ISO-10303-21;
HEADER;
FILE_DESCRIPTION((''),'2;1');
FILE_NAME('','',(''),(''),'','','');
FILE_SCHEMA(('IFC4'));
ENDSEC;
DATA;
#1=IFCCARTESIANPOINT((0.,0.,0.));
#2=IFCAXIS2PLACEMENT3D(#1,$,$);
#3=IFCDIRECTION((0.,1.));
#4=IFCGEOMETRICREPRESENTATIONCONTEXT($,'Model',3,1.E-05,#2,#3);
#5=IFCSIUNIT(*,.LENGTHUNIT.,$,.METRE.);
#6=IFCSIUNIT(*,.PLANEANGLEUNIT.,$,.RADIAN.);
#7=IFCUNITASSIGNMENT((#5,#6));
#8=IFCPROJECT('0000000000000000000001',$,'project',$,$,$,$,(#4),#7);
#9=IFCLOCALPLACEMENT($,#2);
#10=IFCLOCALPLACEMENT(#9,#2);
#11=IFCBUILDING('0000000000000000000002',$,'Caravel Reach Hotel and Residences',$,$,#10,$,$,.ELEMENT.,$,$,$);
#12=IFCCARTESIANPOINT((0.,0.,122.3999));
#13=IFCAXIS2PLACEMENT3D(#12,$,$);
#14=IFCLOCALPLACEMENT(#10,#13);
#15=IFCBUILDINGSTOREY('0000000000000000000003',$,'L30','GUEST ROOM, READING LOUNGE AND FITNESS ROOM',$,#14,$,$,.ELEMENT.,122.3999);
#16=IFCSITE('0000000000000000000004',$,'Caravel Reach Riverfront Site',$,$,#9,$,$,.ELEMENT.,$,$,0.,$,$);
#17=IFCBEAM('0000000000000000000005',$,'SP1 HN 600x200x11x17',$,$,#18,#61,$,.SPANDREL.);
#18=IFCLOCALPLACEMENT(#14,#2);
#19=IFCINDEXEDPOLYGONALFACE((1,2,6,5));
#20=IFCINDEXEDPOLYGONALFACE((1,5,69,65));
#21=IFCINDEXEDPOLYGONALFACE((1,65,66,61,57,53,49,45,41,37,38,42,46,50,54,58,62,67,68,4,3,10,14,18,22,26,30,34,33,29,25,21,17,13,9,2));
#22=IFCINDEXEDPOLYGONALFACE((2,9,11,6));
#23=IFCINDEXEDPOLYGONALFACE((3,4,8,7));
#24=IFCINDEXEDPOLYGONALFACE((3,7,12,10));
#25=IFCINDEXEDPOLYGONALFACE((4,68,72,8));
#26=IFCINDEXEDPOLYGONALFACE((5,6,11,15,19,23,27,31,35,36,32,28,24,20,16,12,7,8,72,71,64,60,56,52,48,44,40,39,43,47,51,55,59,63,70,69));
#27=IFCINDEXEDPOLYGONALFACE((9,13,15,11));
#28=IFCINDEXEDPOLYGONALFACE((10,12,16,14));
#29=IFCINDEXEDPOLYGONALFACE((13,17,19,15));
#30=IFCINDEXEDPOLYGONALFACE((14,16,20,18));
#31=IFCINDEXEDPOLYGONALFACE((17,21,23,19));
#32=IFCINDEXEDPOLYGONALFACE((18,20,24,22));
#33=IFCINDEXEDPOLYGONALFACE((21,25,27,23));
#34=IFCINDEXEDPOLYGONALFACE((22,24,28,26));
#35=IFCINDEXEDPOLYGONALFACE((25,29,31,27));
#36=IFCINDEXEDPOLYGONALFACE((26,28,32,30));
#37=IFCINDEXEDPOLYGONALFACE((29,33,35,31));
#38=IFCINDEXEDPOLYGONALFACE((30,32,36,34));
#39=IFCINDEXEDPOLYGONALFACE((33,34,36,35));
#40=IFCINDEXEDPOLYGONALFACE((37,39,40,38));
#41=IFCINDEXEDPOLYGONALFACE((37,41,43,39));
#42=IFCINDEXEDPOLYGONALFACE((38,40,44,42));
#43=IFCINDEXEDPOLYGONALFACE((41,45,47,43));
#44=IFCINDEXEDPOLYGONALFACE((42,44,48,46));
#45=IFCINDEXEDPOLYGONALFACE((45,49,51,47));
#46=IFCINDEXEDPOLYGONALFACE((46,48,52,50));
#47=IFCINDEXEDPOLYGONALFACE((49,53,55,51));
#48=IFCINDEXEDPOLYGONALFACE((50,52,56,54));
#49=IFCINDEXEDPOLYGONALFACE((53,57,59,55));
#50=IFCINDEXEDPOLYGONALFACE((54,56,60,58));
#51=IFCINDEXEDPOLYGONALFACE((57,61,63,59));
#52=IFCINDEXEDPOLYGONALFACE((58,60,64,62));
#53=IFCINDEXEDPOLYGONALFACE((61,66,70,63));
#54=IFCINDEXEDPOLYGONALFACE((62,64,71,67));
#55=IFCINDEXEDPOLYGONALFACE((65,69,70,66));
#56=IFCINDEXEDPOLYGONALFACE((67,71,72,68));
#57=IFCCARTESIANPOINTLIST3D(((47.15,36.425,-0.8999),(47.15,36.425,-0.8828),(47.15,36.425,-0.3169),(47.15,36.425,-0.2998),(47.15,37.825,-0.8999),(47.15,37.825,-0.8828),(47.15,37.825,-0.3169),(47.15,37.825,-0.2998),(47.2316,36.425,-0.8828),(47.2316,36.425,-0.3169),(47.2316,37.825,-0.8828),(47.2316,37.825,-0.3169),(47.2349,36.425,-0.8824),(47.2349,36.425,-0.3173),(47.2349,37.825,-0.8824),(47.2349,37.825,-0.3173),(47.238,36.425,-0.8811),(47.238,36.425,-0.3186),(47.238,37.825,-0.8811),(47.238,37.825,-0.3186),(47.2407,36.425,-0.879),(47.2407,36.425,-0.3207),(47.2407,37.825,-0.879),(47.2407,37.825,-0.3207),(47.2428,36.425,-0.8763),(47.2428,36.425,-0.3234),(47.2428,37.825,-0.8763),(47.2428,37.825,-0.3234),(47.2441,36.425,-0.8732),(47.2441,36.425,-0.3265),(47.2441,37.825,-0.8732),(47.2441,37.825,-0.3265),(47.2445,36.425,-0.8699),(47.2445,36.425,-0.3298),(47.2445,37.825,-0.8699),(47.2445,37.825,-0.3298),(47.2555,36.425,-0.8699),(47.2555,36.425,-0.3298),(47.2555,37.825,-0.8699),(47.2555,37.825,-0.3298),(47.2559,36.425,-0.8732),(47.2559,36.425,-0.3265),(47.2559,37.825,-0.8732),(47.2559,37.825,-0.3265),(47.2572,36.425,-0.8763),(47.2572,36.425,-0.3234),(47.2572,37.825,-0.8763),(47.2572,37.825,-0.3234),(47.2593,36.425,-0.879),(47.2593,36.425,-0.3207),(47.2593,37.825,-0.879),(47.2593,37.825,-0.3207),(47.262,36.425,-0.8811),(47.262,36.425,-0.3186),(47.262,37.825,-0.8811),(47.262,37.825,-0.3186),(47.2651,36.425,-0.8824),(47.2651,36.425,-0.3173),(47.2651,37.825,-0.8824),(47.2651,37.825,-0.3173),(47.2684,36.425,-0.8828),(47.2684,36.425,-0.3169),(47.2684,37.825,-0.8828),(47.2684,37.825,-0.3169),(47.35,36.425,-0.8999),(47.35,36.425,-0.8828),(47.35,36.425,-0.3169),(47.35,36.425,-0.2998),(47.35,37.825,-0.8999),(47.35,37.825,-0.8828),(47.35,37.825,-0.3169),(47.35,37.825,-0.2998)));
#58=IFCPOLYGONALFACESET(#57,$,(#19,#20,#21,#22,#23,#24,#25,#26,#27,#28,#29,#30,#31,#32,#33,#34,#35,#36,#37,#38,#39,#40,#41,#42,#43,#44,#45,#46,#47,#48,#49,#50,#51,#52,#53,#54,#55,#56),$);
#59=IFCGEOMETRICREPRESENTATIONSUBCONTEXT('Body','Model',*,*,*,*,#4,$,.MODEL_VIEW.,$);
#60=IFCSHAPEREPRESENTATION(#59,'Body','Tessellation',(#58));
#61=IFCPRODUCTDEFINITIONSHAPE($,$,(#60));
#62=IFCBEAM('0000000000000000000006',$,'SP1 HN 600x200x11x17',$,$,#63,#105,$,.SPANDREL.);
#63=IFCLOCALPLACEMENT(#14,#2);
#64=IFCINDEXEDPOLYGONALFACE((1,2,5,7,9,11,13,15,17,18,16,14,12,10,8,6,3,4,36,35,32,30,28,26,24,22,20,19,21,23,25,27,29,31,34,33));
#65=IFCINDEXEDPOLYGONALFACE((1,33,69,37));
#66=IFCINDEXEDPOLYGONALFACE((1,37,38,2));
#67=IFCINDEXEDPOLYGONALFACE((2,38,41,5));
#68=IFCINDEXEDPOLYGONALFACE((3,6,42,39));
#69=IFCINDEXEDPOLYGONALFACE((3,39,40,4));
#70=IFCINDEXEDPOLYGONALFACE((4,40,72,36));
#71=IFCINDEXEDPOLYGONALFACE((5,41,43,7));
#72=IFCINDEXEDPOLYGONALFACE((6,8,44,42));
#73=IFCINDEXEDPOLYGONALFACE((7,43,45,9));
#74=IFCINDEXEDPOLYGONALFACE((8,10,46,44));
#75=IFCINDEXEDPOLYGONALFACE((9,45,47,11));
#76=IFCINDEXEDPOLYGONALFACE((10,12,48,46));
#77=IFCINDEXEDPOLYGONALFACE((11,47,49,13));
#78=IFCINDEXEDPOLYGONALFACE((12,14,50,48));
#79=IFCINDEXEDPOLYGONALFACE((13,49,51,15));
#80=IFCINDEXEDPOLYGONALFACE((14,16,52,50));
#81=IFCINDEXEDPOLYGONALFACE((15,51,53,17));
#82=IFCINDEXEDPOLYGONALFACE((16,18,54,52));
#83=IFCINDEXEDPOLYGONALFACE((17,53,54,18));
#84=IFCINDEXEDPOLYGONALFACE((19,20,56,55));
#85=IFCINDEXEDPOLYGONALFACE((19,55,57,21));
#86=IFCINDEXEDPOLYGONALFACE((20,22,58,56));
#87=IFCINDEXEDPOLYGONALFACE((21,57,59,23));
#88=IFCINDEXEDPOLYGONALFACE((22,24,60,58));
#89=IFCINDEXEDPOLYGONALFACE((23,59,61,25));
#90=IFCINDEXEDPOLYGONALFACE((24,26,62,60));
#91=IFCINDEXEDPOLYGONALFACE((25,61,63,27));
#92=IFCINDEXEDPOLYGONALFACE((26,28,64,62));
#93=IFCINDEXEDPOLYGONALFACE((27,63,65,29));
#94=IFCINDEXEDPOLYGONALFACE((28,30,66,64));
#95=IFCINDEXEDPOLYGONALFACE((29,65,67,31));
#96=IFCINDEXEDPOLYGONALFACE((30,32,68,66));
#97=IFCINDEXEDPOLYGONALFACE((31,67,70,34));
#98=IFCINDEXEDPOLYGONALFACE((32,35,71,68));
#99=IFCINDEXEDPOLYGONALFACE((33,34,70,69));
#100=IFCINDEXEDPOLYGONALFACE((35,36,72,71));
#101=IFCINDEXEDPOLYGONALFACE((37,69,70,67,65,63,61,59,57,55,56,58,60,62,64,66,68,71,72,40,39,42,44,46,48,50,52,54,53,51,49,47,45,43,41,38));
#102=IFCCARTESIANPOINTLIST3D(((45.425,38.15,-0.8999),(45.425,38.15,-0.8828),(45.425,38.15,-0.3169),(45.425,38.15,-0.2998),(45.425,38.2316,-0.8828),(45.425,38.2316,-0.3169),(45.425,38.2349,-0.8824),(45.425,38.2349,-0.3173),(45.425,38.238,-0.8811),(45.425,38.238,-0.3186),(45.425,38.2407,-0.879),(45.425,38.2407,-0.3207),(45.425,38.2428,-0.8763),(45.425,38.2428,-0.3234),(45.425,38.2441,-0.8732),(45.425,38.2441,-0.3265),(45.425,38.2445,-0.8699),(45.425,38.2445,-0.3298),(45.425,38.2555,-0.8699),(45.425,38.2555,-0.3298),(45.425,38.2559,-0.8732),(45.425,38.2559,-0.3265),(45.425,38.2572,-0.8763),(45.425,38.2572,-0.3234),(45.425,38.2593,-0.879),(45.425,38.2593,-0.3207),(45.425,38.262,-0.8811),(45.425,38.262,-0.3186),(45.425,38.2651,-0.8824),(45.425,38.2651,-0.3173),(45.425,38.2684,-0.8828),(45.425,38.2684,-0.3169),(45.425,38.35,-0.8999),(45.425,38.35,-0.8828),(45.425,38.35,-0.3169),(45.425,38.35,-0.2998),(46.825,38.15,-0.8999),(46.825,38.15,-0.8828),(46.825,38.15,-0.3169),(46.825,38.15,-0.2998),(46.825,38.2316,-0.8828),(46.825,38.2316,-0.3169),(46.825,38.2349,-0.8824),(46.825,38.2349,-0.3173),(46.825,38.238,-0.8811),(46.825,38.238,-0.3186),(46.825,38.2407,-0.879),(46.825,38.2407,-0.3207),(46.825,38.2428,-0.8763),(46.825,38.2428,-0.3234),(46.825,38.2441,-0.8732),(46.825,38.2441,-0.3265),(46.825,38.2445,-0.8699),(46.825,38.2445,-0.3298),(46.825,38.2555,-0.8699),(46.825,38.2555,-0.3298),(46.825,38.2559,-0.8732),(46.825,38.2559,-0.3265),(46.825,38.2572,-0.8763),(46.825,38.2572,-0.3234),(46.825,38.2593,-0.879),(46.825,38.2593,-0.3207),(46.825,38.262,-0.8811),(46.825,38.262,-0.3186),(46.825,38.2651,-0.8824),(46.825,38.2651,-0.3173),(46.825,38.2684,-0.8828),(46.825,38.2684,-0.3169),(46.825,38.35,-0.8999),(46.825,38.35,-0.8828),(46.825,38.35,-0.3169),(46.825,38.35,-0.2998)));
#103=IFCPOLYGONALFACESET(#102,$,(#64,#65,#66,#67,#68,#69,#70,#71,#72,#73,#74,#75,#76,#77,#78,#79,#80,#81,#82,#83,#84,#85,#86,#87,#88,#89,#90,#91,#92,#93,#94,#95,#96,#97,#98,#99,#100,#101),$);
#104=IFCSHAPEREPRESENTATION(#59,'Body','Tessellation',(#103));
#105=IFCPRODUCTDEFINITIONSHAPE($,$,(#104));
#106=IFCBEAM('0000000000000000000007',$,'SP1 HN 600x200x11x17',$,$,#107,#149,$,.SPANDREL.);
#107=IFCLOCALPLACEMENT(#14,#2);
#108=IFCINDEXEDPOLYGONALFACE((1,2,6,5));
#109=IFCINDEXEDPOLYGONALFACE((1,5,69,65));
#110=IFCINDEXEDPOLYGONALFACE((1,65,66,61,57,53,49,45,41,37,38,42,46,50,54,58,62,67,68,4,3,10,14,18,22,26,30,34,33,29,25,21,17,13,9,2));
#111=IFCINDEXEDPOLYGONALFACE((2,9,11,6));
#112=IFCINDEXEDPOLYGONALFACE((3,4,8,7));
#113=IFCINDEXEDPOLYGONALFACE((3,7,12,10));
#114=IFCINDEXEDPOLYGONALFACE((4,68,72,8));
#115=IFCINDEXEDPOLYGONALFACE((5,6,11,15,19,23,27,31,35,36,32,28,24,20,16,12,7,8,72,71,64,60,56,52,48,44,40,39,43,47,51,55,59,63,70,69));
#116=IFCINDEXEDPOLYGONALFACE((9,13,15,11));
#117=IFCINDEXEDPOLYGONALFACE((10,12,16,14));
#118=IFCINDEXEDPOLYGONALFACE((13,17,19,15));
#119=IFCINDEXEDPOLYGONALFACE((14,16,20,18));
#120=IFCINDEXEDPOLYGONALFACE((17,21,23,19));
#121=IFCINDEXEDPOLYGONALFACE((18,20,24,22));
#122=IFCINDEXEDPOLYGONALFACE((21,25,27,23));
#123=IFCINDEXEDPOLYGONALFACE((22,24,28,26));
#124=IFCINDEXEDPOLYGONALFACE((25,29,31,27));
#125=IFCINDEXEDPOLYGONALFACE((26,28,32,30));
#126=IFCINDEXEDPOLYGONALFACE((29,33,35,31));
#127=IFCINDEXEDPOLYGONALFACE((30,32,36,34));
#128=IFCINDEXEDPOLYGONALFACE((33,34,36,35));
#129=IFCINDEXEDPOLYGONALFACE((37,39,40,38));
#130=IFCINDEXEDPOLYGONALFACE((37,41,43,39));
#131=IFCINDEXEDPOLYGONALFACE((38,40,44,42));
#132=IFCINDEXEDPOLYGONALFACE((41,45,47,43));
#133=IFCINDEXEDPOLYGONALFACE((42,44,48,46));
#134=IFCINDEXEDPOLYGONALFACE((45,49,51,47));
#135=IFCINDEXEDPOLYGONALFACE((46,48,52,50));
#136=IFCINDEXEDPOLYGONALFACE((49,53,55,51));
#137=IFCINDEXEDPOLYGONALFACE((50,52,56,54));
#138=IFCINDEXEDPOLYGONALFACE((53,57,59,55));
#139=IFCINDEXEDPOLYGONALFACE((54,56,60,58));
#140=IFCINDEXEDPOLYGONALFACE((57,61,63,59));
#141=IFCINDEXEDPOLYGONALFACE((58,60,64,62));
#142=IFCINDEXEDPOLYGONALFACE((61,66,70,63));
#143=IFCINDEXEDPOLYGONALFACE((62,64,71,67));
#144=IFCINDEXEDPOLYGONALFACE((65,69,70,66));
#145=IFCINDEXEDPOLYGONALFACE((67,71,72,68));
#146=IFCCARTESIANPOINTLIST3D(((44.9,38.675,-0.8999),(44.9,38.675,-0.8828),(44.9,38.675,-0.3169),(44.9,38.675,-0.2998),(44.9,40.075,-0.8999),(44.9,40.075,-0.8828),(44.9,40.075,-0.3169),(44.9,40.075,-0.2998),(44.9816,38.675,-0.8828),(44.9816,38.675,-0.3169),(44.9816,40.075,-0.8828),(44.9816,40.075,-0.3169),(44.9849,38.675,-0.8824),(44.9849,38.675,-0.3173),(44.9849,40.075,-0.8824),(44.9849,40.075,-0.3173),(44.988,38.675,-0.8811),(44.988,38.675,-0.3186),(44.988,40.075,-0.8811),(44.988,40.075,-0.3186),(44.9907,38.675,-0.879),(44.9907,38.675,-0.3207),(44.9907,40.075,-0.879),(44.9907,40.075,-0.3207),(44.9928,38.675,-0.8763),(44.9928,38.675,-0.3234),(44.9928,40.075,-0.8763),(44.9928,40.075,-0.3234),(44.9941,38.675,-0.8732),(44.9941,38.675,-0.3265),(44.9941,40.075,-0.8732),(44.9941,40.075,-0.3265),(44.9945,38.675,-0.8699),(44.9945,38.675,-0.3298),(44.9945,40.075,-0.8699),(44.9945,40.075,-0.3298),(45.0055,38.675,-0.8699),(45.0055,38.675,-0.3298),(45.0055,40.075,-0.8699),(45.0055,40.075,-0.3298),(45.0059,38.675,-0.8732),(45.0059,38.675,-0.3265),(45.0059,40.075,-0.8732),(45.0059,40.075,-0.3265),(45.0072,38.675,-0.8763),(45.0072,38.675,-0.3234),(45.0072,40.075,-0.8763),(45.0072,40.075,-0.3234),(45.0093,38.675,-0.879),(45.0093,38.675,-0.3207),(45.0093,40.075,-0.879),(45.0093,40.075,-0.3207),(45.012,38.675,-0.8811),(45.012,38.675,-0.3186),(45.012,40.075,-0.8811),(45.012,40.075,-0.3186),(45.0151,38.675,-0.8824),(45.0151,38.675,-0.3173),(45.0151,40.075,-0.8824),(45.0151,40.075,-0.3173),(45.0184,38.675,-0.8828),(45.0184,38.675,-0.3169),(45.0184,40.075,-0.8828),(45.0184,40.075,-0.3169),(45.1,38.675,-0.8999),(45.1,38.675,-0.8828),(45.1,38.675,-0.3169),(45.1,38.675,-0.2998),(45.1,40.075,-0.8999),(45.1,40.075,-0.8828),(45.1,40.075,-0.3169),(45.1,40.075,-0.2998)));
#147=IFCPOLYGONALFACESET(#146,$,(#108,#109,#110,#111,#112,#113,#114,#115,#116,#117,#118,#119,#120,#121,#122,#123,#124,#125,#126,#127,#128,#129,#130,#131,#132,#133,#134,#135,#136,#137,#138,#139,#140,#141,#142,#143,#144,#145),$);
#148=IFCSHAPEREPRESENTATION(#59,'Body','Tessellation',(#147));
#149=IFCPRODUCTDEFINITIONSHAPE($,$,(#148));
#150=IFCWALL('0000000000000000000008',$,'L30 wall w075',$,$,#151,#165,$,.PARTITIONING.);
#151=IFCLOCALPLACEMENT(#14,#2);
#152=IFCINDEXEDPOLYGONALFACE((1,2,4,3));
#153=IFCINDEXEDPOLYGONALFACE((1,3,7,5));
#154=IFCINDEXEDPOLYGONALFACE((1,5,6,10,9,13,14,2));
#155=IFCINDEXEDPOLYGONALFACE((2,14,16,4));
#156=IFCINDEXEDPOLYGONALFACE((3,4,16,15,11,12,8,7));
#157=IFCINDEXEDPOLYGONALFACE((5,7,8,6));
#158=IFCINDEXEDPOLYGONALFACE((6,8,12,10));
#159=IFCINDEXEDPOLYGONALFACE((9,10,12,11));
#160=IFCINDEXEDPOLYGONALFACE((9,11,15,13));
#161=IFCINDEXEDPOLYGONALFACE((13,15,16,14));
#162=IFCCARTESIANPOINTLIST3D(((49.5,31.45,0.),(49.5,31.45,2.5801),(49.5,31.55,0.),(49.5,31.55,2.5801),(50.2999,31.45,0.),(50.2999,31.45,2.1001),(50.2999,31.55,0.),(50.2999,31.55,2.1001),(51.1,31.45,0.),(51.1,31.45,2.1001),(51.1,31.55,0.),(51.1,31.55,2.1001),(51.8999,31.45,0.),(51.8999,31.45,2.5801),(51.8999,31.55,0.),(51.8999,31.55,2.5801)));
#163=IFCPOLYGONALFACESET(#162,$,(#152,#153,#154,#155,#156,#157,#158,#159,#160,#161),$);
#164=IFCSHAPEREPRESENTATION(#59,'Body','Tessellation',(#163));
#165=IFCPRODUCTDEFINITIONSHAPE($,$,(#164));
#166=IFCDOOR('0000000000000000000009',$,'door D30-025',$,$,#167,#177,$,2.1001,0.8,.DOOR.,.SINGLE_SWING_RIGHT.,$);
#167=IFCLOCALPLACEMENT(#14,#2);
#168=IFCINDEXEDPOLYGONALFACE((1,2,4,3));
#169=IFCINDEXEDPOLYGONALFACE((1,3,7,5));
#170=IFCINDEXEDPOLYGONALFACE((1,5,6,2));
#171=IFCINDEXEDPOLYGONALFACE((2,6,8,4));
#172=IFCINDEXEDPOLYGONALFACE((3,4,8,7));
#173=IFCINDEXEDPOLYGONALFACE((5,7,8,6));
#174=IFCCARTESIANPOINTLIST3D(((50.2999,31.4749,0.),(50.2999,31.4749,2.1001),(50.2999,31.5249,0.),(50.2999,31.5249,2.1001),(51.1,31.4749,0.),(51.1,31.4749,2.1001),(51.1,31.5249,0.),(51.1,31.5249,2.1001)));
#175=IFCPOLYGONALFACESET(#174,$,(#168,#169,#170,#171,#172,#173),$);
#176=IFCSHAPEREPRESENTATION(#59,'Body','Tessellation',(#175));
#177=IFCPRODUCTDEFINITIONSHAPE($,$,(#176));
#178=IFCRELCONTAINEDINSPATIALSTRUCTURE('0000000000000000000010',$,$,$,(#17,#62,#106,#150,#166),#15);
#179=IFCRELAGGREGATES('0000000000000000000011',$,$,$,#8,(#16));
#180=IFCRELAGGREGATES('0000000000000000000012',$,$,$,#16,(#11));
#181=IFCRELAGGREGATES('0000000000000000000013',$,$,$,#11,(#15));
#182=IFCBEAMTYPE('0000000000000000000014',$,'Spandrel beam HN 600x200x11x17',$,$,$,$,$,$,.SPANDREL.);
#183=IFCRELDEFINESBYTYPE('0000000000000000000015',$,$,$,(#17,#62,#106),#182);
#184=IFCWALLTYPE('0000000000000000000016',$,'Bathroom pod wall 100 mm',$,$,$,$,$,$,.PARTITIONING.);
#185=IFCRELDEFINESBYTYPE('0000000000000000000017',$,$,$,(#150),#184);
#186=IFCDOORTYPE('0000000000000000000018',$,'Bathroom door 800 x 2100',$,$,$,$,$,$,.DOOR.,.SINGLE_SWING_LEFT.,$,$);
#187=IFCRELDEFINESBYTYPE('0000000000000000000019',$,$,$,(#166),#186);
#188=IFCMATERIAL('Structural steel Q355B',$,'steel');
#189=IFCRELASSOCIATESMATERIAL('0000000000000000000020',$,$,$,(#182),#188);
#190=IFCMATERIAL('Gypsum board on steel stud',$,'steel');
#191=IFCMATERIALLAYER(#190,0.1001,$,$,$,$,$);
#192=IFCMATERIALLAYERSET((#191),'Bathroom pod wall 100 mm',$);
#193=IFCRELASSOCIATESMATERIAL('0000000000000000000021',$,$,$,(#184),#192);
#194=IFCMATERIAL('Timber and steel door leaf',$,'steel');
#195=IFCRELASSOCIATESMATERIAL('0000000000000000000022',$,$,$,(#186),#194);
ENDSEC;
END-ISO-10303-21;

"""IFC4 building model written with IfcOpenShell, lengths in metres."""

from ifc_helpers import new_model, si_unit, direction, frame, frame_2d, origin, origin_2d, place, context, subcontext, project, spatial, rectangle, i_section, extrude, material, layer, layer_set, material_profile, profile_set, type_object, element, fill, save


model = new_model("IFC4")

# Units and contexts
model_context = context("Model", 3, precision=1e-05, world=origin(), true_north=direction((0.0, 1.0)))
body_context = subcontext(model_context, "Body", "Model", "MODEL_VIEW")
ifc_project = project(units=[si_unit("LENGTHUNIT", "METRE"), si_unit("PLANEANGLEUNIT", "RADIAN")], contexts=[model_context])

# Site, building, storey
site_placement = place(None, origin())
site = spatial("IfcSite", under=ifc_project, at=site_placement, Name="Caravel Reach Riverfront Site", CompositionType="ELEMENT", RefElevation=0.0)
building_placement = place(site_placement, origin())
building = spatial("IfcBuilding", under=site, at=building_placement, Name="Caravel Reach Hotel and Residences", CompositionType="ELEMENT")
storey_placement = place(building_placement, frame((0.0, 0.0, 122.3999)))
storey = spatial("IfcBuildingStorey", under=building, at=storey_placement, Name="L30", Description="GUEST ROOM, READING LOUNGE AND FITNESS ROOM", CompositionType="ELEMENT", Elevation=122.3999)

# Beams
ifc_material_1 = material(Name="Structural steel Q355B", Category="steel")
ifc_material_profile_1 = material_profile(ifc_material_1, i_section(OverallWidth=0.2, OverallDepth=0.6001, WebThickness=0.011, FlangeThickness=0.0171, FilletRadius=0.0129, at=origin_2d()), Name="HN 600x200x11x17")
ifc_profile_set_1 = profile_set([ifc_material_profile_1], Name="Structural steel Q355B")
beam_type_1 = type_object("IfcBeamType", Name="Spandrel beam HN 600x200x11x17", PredefinedType="SPANDREL", material=ifc_profile_set_1)
for number, where, z_axis, x_axis, name in (
    (1, (47.25, 36.425, -0.5999), (0.0, 1.0, 0.0), (-1.0, 0.0, 0.0), "SP1 HN 600x200x11x17"),
    (2, (46.825, 38.25, -0.5999), (-1.0, 0.0, 0.0), (0.0, -1.0, 0.0), "SP1 HN 600x200x11x17"),
    (3, (45.0, 38.675, -0.5999), (0.0, 1.0, 0.0), (-1.0, 0.0, 0.0), "SP1 HN 600x200x11x17"),
):
    element("IfcBeam", number, at=place(storey_placement, frame(where, z_axis=z_axis, x_axis=x_axis)), inside=storey, type_object=beam_type_1, Name=name, PredefinedType="SPANDREL", context=body_context, shape_type="SweptSolid", body=[
        extrude(i_section(OverallWidth=0.2, OverallDepth=0.6001, WebThickness=0.011, FlangeThickness=0.0171, FilletRadius=0.0129, at=origin_2d()), origin(), (0.0, 0.0, 1.0), 1.3999),
    ])

# Wall, opening, door
ifc_material_2 = material(Name="Gypsum board on steel stud", Category="steel")
ifc_layer_1 = layer(ifc_material_2, 0.1001)
ifc_layer_set_1 = layer_set([ifc_layer_1], Name="Bathroom pod wall 100 mm")
wall_type_1 = type_object("IfcWallType", Name="Bathroom pod wall 100 mm", PredefinedType="PARTITIONING", material=ifc_layer_set_1)
wall_1_placement = place(storey_placement, frame((49.5, 31.5, 0.0), z_axis=(0.0, 0.0, 1.0), x_axis=(1.0, 0.0, 0.0)))
wall_1 = element("IfcWall", 4, at=wall_1_placement, inside=storey, type_object=wall_type_1, Name="L30 wall w075", PredefinedType="PARTITIONING", context=body_context, shape_type="SweptSolid", body=[
    extrude(rectangle(XDim=2.3999, YDim=0.1001, at=frame_2d((1.2, 0.0))), origin(), (0.0, 0.0, 1.0), 2.5801),
])
opening_1_placement = place(wall_1_placement, frame((0.8, 0.0, 0.0)))
opening_1 = element("IfcOpeningElement", 5, at=opening_1_placement, cuts=wall_1, PredefinedType="OPENING", context=body_context, shape_type="SweptSolid", body=[
    extrude(rectangle(XDim=0.8, YDim=2.1001, at=frame_2d((0.3999, 1.05))), frame((0.0, 0.0601, 0.0), z_axis=(0.0, -1.0, 0.0), x_axis=(1.0, 0.0, 0.0)), (0.0, 0.0, 1.0), 0.1201),
])
ifc_material_3 = material(Name="Timber and steel door leaf", Category="steel")
door_type_1 = type_object("IfcDoorType", Name="Bathroom door 800 x 2100", OperationType="SINGLE_SWING_LEFT", PredefinedType="DOOR", material=ifc_material_3)
door_1_placement = place(opening_1_placement, origin())
door_1 = element("IfcDoor", 6, at=door_1_placement, inside=storey, type_object=door_type_1, Name="door D30-025", OperationType="SINGLE_SWING_RIGHT", OverallHeight=2.1001, OverallWidth=0.8, PredefinedType="DOOR", context=body_context, shape_type="SweptSolid", body=[
    extrude(rectangle(XDim=0.8, YDim=2.1001, at=frame_2d((0.3999, 1.05))), frame((0.0, 0.0249, 0.0), z_axis=(0.0, -1.0, 0.0), x_axis=(1.0, 0.0, 0.0)), (0.0, 0.0, 1.0), 0.05),
])
fill(opening_1, door_1)

save(model, "model.ifc")
